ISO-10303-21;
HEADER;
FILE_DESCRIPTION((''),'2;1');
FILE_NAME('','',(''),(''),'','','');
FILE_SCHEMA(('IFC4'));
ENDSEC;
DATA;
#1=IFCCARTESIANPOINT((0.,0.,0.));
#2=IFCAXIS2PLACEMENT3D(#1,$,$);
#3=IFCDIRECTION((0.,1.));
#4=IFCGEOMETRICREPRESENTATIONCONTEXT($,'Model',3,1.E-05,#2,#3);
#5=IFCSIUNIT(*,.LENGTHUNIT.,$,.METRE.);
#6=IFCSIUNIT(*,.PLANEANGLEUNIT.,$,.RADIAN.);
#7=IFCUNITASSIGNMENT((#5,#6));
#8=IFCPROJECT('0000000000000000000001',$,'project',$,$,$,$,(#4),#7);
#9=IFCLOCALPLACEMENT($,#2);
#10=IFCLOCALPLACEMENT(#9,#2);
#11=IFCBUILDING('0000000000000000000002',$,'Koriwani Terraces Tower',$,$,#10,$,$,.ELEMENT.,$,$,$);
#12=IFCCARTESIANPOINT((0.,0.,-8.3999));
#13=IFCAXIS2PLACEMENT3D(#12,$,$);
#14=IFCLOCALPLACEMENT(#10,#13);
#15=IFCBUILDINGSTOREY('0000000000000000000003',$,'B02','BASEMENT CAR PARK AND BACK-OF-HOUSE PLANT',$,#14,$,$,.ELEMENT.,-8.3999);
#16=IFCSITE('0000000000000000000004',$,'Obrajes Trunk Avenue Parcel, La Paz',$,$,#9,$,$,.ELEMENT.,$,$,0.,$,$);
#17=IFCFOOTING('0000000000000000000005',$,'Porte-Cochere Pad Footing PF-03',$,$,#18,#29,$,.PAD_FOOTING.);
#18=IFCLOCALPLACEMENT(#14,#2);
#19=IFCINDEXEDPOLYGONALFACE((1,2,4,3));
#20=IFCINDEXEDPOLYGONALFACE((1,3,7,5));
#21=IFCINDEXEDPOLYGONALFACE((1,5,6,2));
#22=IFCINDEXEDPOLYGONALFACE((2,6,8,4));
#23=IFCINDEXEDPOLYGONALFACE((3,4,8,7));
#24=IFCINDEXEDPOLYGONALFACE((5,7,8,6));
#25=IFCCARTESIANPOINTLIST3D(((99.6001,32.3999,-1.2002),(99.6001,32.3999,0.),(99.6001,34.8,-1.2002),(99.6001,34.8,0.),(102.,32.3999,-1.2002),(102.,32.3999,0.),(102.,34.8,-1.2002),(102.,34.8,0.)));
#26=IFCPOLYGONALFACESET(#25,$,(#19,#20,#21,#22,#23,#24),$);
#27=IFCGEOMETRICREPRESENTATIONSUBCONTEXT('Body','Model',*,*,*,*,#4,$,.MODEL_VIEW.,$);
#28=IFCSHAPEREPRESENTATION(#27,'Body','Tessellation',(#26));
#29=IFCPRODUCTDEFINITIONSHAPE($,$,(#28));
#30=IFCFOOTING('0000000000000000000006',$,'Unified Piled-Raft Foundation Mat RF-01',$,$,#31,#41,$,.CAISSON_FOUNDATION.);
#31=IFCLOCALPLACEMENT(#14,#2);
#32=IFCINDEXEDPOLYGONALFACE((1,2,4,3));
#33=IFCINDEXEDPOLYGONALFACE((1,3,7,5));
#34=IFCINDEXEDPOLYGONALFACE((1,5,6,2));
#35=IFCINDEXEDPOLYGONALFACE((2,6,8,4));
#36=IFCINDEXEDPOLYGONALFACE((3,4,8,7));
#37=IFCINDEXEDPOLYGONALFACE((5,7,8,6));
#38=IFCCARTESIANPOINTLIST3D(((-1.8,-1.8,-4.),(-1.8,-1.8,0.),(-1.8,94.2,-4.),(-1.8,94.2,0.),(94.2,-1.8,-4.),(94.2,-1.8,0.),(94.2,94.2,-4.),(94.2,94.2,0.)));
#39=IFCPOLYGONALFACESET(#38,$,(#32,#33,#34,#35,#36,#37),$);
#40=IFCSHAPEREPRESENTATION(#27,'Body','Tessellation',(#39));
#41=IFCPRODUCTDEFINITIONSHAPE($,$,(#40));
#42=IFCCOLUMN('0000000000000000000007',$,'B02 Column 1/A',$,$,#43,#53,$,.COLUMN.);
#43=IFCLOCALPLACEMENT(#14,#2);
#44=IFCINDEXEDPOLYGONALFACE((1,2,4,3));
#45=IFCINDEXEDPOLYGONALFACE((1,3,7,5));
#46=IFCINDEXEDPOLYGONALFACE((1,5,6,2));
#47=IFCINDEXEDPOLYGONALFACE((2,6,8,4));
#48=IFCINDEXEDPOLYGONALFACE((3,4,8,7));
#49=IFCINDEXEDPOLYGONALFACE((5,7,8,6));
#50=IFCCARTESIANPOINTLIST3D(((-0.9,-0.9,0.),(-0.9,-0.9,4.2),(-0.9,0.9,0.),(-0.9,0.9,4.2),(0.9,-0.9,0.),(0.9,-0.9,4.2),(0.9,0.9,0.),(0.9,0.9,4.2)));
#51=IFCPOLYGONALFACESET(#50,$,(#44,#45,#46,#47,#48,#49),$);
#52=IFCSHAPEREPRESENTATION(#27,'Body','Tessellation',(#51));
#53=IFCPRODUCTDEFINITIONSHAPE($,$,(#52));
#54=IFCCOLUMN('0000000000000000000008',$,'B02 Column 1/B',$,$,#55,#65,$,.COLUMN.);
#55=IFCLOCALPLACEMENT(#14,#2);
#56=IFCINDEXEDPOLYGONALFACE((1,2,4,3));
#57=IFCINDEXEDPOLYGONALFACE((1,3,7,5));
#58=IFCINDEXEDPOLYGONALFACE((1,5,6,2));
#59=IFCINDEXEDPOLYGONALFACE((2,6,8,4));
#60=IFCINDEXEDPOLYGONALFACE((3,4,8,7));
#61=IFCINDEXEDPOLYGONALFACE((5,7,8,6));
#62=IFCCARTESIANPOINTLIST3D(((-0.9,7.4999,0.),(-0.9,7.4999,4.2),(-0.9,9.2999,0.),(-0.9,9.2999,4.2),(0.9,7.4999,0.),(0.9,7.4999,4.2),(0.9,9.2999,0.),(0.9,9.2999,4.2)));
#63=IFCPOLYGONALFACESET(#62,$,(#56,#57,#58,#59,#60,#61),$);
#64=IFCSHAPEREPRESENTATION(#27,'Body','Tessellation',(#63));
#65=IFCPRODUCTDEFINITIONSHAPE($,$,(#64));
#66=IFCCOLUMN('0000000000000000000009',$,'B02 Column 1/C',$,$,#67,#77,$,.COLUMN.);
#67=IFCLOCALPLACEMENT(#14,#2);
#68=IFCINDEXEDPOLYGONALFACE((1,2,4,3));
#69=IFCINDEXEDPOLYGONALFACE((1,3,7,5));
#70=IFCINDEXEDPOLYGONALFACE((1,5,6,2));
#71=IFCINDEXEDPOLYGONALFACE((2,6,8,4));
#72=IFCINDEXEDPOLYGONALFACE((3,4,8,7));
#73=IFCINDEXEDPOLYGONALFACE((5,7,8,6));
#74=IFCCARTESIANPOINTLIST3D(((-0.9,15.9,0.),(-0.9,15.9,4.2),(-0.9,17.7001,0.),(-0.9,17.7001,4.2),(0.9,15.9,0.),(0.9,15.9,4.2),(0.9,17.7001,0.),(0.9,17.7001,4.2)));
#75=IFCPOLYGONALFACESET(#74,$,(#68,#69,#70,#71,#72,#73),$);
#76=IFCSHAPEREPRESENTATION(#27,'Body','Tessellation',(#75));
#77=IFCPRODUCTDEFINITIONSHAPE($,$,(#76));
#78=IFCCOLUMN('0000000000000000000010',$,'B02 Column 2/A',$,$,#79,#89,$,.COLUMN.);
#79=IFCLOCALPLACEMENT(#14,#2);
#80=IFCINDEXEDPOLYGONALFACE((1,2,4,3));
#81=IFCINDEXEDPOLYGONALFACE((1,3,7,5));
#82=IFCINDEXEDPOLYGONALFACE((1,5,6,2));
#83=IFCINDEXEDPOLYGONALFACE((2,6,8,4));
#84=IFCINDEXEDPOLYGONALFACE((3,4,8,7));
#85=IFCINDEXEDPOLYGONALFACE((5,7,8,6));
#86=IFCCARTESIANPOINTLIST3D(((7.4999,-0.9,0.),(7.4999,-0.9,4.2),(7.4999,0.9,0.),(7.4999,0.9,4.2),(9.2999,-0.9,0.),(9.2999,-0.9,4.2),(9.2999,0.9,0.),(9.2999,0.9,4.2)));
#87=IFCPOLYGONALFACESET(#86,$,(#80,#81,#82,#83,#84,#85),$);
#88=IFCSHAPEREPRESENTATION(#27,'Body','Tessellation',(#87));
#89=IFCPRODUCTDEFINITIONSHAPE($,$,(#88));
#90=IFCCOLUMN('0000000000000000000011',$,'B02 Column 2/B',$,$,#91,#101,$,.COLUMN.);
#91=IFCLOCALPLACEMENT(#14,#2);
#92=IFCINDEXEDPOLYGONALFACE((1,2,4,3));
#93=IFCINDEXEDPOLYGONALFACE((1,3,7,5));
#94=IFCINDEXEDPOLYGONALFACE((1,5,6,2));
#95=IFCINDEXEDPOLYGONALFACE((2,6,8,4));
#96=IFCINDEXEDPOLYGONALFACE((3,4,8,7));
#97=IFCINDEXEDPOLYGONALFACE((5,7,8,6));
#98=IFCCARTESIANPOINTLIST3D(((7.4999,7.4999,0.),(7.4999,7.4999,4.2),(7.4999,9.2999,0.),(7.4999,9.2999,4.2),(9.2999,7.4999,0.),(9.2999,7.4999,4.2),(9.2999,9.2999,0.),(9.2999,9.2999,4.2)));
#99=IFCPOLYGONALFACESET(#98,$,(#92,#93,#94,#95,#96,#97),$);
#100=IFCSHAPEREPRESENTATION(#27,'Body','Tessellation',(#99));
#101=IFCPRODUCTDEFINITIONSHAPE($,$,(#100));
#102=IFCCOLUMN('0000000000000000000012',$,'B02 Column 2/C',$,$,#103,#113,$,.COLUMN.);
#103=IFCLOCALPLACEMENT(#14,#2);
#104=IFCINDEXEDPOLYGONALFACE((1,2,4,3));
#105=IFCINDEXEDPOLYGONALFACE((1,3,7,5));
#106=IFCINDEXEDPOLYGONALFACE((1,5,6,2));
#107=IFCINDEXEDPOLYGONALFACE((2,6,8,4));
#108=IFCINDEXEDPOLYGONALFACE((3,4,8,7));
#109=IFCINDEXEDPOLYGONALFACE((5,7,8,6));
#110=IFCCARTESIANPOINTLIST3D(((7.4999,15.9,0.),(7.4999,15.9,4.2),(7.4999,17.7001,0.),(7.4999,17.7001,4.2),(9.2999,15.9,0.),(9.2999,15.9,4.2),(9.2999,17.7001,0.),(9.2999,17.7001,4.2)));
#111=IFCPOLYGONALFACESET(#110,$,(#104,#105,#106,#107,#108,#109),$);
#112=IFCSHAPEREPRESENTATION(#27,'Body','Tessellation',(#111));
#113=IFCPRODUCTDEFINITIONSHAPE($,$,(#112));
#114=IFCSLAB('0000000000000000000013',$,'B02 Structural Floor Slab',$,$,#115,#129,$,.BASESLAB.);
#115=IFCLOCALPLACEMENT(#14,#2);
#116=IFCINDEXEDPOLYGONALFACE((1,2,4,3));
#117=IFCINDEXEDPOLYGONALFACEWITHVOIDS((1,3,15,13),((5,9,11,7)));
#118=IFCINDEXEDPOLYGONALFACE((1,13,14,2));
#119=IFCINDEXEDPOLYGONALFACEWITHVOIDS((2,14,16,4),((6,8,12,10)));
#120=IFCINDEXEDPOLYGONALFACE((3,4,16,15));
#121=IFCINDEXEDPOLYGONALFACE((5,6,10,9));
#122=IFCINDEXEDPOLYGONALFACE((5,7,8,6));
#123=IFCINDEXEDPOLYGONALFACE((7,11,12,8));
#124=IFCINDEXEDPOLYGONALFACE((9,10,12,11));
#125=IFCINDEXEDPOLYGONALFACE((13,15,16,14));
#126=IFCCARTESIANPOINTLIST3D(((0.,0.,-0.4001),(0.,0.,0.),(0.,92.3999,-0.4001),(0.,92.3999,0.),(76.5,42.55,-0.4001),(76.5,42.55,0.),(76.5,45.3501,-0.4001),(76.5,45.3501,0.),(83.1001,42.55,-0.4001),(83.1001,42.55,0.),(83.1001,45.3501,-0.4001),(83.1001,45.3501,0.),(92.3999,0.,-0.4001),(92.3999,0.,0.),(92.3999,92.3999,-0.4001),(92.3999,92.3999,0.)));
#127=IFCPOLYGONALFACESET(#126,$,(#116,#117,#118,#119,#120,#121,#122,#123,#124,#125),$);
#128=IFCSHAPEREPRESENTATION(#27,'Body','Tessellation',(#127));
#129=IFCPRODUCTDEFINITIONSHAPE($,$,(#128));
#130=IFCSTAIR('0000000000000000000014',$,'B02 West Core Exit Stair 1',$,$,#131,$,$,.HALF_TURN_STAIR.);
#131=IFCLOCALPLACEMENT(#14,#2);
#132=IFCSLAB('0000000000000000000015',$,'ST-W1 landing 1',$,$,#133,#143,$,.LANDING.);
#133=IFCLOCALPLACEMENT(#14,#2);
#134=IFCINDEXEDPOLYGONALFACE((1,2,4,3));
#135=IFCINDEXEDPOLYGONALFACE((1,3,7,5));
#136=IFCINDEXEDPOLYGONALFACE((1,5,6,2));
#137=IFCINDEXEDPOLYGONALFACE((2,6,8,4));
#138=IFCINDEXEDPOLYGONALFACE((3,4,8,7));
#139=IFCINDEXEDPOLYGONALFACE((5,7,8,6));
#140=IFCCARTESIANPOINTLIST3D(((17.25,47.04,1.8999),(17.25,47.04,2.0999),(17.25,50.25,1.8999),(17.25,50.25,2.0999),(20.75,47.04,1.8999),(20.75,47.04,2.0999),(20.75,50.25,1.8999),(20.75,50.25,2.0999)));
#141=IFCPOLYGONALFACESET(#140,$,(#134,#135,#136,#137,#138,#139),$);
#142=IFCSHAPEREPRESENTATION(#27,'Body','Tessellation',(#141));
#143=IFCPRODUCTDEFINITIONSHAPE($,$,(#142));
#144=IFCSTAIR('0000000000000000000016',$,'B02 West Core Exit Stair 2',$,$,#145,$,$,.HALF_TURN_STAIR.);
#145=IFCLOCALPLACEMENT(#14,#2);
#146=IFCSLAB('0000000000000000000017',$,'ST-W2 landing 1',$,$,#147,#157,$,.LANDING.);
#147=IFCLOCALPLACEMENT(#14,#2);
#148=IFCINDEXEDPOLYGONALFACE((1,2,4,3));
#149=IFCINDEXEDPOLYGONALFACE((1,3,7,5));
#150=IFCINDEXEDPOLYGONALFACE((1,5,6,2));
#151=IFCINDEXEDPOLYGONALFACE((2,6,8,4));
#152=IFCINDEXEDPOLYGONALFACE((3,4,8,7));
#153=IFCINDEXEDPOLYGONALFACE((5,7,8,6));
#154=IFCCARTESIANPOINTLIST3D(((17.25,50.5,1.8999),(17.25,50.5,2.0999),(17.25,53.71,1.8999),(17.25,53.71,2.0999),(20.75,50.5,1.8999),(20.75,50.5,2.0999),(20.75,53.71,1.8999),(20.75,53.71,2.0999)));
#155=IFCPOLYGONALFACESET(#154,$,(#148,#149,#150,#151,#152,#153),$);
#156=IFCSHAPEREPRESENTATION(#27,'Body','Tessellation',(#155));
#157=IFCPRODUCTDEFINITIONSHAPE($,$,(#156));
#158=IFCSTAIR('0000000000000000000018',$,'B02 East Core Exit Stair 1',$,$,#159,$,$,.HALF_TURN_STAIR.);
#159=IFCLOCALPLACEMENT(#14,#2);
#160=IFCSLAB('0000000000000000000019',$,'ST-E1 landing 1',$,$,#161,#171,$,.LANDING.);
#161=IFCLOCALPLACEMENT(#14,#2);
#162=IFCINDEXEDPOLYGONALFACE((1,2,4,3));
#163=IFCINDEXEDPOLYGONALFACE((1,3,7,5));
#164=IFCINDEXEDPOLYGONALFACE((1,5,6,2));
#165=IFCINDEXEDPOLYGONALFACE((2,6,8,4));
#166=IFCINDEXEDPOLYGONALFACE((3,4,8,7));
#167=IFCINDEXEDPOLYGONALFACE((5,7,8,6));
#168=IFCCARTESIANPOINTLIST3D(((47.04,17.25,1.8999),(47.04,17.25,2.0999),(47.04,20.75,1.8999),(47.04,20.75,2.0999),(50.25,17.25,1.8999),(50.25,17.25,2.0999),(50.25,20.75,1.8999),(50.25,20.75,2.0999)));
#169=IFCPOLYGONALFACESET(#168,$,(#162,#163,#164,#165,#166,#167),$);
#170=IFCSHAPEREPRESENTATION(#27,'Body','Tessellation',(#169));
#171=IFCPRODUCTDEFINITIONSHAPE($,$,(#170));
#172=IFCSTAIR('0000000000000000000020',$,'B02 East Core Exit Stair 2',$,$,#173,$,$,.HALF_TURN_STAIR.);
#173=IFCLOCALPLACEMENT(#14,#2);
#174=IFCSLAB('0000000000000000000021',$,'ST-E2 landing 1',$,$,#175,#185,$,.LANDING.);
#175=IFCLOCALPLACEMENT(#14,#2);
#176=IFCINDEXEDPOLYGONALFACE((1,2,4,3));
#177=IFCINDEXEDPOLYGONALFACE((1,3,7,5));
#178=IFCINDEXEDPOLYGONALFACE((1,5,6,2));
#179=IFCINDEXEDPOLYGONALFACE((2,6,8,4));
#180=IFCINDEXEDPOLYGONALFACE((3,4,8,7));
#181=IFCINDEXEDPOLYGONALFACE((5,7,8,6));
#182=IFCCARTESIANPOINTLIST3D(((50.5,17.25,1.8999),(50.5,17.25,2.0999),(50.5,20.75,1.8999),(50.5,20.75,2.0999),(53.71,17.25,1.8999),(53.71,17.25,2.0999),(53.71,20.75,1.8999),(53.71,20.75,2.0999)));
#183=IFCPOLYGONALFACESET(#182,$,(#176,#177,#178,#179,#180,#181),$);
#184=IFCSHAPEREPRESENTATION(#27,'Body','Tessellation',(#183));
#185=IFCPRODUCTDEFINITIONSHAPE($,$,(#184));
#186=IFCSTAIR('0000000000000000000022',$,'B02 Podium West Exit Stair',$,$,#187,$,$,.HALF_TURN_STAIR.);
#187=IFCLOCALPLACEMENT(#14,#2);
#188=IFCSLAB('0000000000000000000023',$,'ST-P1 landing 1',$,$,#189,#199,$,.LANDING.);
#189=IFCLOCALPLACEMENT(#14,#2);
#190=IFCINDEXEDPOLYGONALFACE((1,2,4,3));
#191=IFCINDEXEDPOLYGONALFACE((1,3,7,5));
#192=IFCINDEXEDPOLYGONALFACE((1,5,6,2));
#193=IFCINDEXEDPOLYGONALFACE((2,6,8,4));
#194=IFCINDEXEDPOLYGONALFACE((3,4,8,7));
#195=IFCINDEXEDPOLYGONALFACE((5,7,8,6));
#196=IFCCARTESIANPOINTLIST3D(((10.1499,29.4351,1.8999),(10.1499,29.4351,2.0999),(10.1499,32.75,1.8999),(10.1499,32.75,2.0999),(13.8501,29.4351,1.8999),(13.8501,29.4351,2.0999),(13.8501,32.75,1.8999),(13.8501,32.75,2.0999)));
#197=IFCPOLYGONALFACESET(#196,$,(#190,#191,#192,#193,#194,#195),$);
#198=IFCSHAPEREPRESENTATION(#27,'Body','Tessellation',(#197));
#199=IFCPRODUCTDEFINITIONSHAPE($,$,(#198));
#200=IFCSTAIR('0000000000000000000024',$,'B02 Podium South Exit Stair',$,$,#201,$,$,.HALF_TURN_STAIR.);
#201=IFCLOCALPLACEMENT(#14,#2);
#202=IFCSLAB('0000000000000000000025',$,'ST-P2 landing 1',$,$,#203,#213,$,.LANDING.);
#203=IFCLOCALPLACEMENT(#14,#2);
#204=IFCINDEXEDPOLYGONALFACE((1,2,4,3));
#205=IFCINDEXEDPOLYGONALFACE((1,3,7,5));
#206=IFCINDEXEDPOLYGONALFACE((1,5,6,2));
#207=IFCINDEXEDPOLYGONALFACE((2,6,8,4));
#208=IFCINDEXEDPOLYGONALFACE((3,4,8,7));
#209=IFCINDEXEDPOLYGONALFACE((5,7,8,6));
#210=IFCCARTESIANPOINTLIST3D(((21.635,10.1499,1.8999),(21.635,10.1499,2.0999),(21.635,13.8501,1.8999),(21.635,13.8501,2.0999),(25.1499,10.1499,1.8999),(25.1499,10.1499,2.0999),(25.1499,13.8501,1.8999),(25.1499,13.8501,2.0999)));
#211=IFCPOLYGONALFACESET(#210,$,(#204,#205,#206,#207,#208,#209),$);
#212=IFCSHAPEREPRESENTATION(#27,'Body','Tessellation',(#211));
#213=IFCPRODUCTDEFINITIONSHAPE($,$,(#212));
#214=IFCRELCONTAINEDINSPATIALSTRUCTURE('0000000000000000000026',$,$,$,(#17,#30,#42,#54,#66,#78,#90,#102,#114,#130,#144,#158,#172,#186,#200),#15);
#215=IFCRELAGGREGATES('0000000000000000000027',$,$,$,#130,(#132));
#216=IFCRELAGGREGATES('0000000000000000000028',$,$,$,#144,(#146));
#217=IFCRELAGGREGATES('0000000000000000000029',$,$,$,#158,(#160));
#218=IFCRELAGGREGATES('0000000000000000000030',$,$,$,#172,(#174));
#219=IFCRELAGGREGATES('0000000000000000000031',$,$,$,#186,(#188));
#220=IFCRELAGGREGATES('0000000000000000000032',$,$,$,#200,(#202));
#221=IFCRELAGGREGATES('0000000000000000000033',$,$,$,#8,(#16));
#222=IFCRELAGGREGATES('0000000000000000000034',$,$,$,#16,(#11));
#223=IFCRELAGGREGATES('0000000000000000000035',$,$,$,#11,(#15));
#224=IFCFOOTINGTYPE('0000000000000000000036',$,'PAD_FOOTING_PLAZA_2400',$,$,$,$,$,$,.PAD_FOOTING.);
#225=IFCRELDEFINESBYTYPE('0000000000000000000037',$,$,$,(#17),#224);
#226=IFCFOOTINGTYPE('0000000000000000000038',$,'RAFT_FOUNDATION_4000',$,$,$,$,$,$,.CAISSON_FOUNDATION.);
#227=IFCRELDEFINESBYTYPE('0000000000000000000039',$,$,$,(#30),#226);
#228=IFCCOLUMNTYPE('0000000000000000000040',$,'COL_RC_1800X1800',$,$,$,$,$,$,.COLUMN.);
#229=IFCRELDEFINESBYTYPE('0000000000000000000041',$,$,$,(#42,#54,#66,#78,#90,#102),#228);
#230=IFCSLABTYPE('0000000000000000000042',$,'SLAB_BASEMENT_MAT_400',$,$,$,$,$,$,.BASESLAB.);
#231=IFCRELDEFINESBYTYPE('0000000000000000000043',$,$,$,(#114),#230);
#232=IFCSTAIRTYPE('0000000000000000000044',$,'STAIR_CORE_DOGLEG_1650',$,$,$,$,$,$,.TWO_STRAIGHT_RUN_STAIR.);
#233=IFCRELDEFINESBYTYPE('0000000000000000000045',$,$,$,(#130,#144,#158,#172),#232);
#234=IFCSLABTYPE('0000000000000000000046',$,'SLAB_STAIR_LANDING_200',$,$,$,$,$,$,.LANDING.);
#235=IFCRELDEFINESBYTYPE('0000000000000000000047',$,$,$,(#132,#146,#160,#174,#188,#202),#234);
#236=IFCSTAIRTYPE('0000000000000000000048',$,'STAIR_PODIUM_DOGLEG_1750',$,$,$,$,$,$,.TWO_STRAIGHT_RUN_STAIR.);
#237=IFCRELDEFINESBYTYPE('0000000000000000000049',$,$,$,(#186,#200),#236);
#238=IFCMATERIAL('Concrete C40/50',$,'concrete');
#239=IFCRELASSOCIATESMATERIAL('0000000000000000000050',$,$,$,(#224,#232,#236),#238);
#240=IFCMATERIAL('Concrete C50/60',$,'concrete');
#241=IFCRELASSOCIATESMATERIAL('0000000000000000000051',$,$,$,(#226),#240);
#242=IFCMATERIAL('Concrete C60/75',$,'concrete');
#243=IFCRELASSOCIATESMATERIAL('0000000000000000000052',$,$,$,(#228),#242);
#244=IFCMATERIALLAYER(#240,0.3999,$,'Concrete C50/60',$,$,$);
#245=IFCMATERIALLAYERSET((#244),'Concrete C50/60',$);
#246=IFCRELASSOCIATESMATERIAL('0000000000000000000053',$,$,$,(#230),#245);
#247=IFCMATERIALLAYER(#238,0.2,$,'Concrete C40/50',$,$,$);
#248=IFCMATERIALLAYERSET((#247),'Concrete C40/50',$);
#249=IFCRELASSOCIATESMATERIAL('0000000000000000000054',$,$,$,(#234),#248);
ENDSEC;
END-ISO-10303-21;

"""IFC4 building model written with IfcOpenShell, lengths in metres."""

from ifc_helpers import new_model, si_unit, direction, frame, origin, origin_2d, place, context, subcontext, project, spatial, polyline, rectangle, outline, extrude, material, layer, layer_set, material_profile, profile_set, type_object, element, aggregate, save


model = new_model("IFC4")

# Units and contexts
model_context = context("Model", 3, precision=1e-05, world=origin(), true_north=direction((0.0, 1.0)))
body_context = subcontext(model_context, "Body", "Model", "MODEL_VIEW")
ifc_project = project(units=[si_unit("LENGTHUNIT", "METRE"), si_unit("PLANEANGLEUNIT", "RADIAN")], contexts=[model_context])

# Site, building, storey
site_placement = place(None, origin())
site = spatial("IfcSite", under=ifc_project, at=site_placement, Name="Obrajes Trunk Avenue Parcel, La Paz", CompositionType="ELEMENT", RefElevation=0.0)
building_placement = place(site_placement, origin())
building = spatial("IfcBuilding", under=site, at=building_placement, Name="Koriwani Terraces Tower", CompositionType="ELEMENT")
storey_placement = place(building_placement, frame((0.0, 0.0, -8.3999)))
storey = spatial("IfcBuildingStorey", under=building, at=storey_placement, Name="B02", Description="BASEMENT CAR PARK AND BACK-OF-HOUSE PLANT", CompositionType="ELEMENT", Elevation=-8.3999)

# Shared definitions
ifc_material_1 = material(Name="Concrete C40/50", Category="concrete")

# Footings
footing_type_1 = type_object("IfcFootingType", Name="PAD_FOOTING_PLAZA_2400", PredefinedType="PAD_FOOTING", material=ifc_material_1)
footing_1_placement = place(storey_placement, frame((0.0, 0.0, -1.2002)))
element("IfcFooting", 1, at=footing_1_placement, inside=storey, type_object=footing_type_1, Name="Porte-Cochere Pad Footing PF-03", PredefinedType="PAD_FOOTING", context=body_context, shape_type="SweptSolid", body=[
    extrude(outline(polyline([(99.6001, 32.3999), (102.0, 32.3999), (102.0, 34.8), (99.6001, 34.8), (99.6001, 32.3999)])), origin(), (0.0, 0.0, 1.0), 1.2002),
])
ifc_material_2 = material(Name="Concrete C50/60", Category="concrete")
footing_type_2 = type_object("IfcFootingType", Name="RAFT_FOUNDATION_4000", PredefinedType="CAISSON_FOUNDATION", material=ifc_material_2)
footing_2_placement = place(storey_placement, frame((0.0, 0.0, -4.0)))
element("IfcFooting", 2, at=footing_2_placement, inside=storey, type_object=footing_type_2, Name="Unified Piled-Raft Foundation Mat RF-01", PredefinedType="CAISSON_FOUNDATION", context=body_context, shape_type="SweptSolid", body=[
    extrude(outline(polyline([(-1.8, -1.8), (94.2, -1.8), (94.2, 94.2), (-1.8, 94.2), (-1.8, -1.8)])), origin(), (0.0, 0.0, 1.0), 4.0),
])

# Columns
ifc_material_3 = material(Name="Concrete C60/75", Category="concrete")
ifc_material_profile_1 = material_profile(ifc_material_3, rectangle(XDim=1.8, YDim=1.8, at=origin_2d()), Name="Concrete C60/75", Category="LoadBearing")
ifc_profile_set_1 = profile_set([ifc_material_profile_1], Name="Concrete C60/75")
column_type = type_object("IfcColumnType", Name="COL_RC_1800X1800", PredefinedType="COLUMN", material=ifc_profile_set_1)
for number, where, z_axis, x_axis, name in (
    (3, (0.0, 0.0, 0.0), (0.0, 0.0, 1.0), (1.0, 0.0, 0.0), "B02 Column 1/A"),
    (4, (0.0, 8.3999, 0.0), (0.0, 0.0, 1.0), (1.0, 0.0, 0.0), "B02 Column 1/B"),
    (5, (0.0, 16.8, 0.0), (0.0, 0.0, 1.0), (1.0, 0.0, 0.0), "B02 Column 1/C"),
    (6, (8.3999, 0.0, 0.0), (0.0, 0.0, 1.0), (1.0, 0.0, 0.0), "B02 Column 2/A"),
    (7, (8.3999, 8.3999, 0.0), (0.0, 0.0, 1.0), (1.0, 0.0, 0.0), "B02 Column 2/B"),
    (8, (8.3999, 16.8, 0.0), (0.0, 0.0, 1.0), (1.0, 0.0, 0.0), "B02 Column 2/C"),
):
    element("IfcColumn", number, at=place(storey_placement, frame(where, z_axis=z_axis, x_axis=x_axis)), inside=storey, type_object=column_type, Name=name, PredefinedType="COLUMN", context=body_context, shape_type="SweptSolid", body=[
        extrude(rectangle(XDim=1.8, YDim=1.8, at=origin_2d()), origin(), (0.0, 0.0, 1.0), 4.2),
    ])

# Slab
ifc_layer_1 = layer(ifc_material_2, 0.3999, Name="Concrete C50/60")
ifc_layer_set_1 = layer_set([ifc_layer_1], Name="Concrete C50/60")
slab_type_1 = type_object("IfcSlabType", Name="SLAB_BASEMENT_MAT_400", PredefinedType="BASESLAB", material=ifc_layer_set_1)
slab_1_placement = place(storey_placement, frame((0.0, 0.0, -0.4001)))
element("IfcSlab", 9, at=slab_1_placement, inside=storey, type_object=slab_type_1, Name="B02 Structural Floor Slab", PredefinedType="BASESLAB", context=body_context, shape_type="SweptSolid", body=[
    extrude(outline(polyline([(0.0, 0.0), (92.3999, 0.0), (92.3999, 92.3999), (0.0, 92.3999), (0.0, 0.0)]), holes=[polyline([(76.5, 42.55), (83.1001, 42.55), (83.1001, 45.3501), (76.5, 45.3501), (76.5, 42.55)])]), origin(), (0.0, 0.0, 1.0), 0.4001),
])

# Stairs, slabs
stair_type_1 = type_object("IfcStairType", Name="STAIR_CORE_DOGLEG_1650", PredefinedType="TWO_STRAIGHT_RUN_STAIR", material=ifc_material_1)
stair_1_placement = place(storey_placement, origin())
stair_1 = element("IfcStair", 10, at=stair_1_placement, inside=storey, type_object=stair_type_1, Name="B02 West Core Exit Stair 1", PredefinedType="HALF_TURN_STAIR")
ifc_layer_2 = layer(ifc_material_1, 0.2, Name="Concrete C40/50")
ifc_layer_set_2 = layer_set([ifc_layer_2], Name="Concrete C40/50")
slab_type_2 = type_object("IfcSlabType", Name="SLAB_STAIR_LANDING_200", PredefinedType="LANDING", material=ifc_layer_set_2)
slab_2_placement = place(storey_placement, frame((0.0, 0.0, 1.8999)))
slab_2 = element("IfcSlab", 11, at=slab_2_placement, type_object=slab_type_2, Name="ST-W1 landing 1", PredefinedType="LANDING", context=body_context, shape_type="SweptSolid", body=[
    extrude(outline(polyline([(20.75, 47.04), (20.75, 50.25), (17.25, 50.25), (17.25, 47.04), (20.75, 47.04)])), origin(), (0.0, 0.0, 1.0), 0.2),
])
aggregate(stair_1, [slab_2])
stair_2_placement = place(storey_placement, origin())
stair_2 = element("IfcStair", 12, at=stair_2_placement, inside=storey, type_object=stair_type_1, Name="B02 West Core Exit Stair 2", PredefinedType="HALF_TURN_STAIR")
slab_3_placement = place(storey_placement, frame((0.0, 0.0, 1.8999)))
slab_3 = element("IfcSlab", 13, at=slab_3_placement, type_object=slab_type_2, Name="ST-W2 landing 1", PredefinedType="LANDING", context=body_context, shape_type="SweptSolid", body=[
    extrude(outline(polyline([(17.25, 53.71), (17.25, 50.5), (20.75, 50.5), (20.75, 53.71), (17.25, 53.71)])), origin(), (0.0, 0.0, 1.0), 0.2),
])
aggregate(stair_2, [slab_3])
stair_3_placement = place(storey_placement, origin())
stair_3 = element("IfcStair", 14, at=stair_3_placement, inside=storey, type_object=stair_type_1, Name="B02 East Core Exit Stair 1", PredefinedType="HALF_TURN_STAIR")
slab_4_placement = place(storey_placement, frame((0.0, 0.0, 1.8999)))
slab_4 = element("IfcSlab", 15, at=slab_4_placement, type_object=slab_type_2, Name="ST-E1 landing 1", PredefinedType="LANDING", context=body_context, shape_type="SweptSolid", body=[
    extrude(outline(polyline([(47.04, 17.25), (50.25, 17.25), (50.25, 20.75), (47.04, 20.75), (47.04, 17.25)])), origin(), (0.0, 0.0, 1.0), 0.2),
])
aggregate(stair_3, [slab_4])
stair_4_placement = place(storey_placement, origin())
stair_4 = element("IfcStair", 16, at=stair_4_placement, inside=storey, type_object=stair_type_1, Name="B02 East Core Exit Stair 2", PredefinedType="HALF_TURN_STAIR")
slab_5_placement = place(storey_placement, frame((0.0, 0.0, 1.8999)))
slab_5 = element("IfcSlab", 17, at=slab_5_placement, type_object=slab_type_2, Name="ST-E2 landing 1", PredefinedType="LANDING", context=body_context, shape_type="SweptSolid", body=[
    extrude(outline(polyline([(53.71, 20.75), (50.5, 20.75), (50.5, 17.25), (53.71, 17.25), (53.71, 20.75)])), origin(), (0.0, 0.0, 1.0), 0.2),
])
aggregate(stair_4, [slab_5])
stair_type_2 = type_object("IfcStairType", Name="STAIR_PODIUM_DOGLEG_1750", PredefinedType="TWO_STRAIGHT_RUN_STAIR", material=ifc_material_1)
stair_5_placement = place(storey_placement, origin())
stair_5 = element("IfcStair", 18, at=stair_5_placement, inside=storey, type_object=stair_type_2, Name="B02 Podium West Exit Stair", PredefinedType="HALF_TURN_STAIR")
slab_6_placement = place(storey_placement, frame((0.0, 0.0, 1.8999)))
slab_6 = element("IfcSlab", 19, at=slab_6_placement, type_object=slab_type_2, Name="ST-P1 landing 1", PredefinedType="LANDING", context=body_context, shape_type="SweptSolid", body=[
    extrude(outline(polyline([(13.8501, 29.4351), (13.8501, 32.75), (10.1499, 32.75), (10.1499, 29.4351), (13.8501, 29.4351)])), origin(), (0.0, 0.0, 1.0), 0.2),
])
aggregate(stair_5, [slab_6])
stair_6_placement = place(storey_placement, origin())
stair_6 = element("IfcStair", 20, at=stair_6_placement, inside=storey, type_object=stair_type_2, Name="B02 Podium South Exit Stair", PredefinedType="HALF_TURN_STAIR")
slab_7_placement = place(storey_placement, frame((0.0, 0.0, 1.8999)))
slab_7 = element("IfcSlab", 21, at=slab_7_placement, type_object=slab_type_2, Name="ST-P2 landing 1", PredefinedType="LANDING", context=body_context, shape_type="SweptSolid", body=[
    extrude(outline(polyline([(21.635, 10.1499), (25.1499, 10.1499), (25.1499, 13.8501), (21.635, 13.8501), (21.635, 10.1499)])), origin(), (0.0, 0.0, 1.0), 0.2),
])
aggregate(stair_6, [slab_7])

save(model, "model.ifc")
